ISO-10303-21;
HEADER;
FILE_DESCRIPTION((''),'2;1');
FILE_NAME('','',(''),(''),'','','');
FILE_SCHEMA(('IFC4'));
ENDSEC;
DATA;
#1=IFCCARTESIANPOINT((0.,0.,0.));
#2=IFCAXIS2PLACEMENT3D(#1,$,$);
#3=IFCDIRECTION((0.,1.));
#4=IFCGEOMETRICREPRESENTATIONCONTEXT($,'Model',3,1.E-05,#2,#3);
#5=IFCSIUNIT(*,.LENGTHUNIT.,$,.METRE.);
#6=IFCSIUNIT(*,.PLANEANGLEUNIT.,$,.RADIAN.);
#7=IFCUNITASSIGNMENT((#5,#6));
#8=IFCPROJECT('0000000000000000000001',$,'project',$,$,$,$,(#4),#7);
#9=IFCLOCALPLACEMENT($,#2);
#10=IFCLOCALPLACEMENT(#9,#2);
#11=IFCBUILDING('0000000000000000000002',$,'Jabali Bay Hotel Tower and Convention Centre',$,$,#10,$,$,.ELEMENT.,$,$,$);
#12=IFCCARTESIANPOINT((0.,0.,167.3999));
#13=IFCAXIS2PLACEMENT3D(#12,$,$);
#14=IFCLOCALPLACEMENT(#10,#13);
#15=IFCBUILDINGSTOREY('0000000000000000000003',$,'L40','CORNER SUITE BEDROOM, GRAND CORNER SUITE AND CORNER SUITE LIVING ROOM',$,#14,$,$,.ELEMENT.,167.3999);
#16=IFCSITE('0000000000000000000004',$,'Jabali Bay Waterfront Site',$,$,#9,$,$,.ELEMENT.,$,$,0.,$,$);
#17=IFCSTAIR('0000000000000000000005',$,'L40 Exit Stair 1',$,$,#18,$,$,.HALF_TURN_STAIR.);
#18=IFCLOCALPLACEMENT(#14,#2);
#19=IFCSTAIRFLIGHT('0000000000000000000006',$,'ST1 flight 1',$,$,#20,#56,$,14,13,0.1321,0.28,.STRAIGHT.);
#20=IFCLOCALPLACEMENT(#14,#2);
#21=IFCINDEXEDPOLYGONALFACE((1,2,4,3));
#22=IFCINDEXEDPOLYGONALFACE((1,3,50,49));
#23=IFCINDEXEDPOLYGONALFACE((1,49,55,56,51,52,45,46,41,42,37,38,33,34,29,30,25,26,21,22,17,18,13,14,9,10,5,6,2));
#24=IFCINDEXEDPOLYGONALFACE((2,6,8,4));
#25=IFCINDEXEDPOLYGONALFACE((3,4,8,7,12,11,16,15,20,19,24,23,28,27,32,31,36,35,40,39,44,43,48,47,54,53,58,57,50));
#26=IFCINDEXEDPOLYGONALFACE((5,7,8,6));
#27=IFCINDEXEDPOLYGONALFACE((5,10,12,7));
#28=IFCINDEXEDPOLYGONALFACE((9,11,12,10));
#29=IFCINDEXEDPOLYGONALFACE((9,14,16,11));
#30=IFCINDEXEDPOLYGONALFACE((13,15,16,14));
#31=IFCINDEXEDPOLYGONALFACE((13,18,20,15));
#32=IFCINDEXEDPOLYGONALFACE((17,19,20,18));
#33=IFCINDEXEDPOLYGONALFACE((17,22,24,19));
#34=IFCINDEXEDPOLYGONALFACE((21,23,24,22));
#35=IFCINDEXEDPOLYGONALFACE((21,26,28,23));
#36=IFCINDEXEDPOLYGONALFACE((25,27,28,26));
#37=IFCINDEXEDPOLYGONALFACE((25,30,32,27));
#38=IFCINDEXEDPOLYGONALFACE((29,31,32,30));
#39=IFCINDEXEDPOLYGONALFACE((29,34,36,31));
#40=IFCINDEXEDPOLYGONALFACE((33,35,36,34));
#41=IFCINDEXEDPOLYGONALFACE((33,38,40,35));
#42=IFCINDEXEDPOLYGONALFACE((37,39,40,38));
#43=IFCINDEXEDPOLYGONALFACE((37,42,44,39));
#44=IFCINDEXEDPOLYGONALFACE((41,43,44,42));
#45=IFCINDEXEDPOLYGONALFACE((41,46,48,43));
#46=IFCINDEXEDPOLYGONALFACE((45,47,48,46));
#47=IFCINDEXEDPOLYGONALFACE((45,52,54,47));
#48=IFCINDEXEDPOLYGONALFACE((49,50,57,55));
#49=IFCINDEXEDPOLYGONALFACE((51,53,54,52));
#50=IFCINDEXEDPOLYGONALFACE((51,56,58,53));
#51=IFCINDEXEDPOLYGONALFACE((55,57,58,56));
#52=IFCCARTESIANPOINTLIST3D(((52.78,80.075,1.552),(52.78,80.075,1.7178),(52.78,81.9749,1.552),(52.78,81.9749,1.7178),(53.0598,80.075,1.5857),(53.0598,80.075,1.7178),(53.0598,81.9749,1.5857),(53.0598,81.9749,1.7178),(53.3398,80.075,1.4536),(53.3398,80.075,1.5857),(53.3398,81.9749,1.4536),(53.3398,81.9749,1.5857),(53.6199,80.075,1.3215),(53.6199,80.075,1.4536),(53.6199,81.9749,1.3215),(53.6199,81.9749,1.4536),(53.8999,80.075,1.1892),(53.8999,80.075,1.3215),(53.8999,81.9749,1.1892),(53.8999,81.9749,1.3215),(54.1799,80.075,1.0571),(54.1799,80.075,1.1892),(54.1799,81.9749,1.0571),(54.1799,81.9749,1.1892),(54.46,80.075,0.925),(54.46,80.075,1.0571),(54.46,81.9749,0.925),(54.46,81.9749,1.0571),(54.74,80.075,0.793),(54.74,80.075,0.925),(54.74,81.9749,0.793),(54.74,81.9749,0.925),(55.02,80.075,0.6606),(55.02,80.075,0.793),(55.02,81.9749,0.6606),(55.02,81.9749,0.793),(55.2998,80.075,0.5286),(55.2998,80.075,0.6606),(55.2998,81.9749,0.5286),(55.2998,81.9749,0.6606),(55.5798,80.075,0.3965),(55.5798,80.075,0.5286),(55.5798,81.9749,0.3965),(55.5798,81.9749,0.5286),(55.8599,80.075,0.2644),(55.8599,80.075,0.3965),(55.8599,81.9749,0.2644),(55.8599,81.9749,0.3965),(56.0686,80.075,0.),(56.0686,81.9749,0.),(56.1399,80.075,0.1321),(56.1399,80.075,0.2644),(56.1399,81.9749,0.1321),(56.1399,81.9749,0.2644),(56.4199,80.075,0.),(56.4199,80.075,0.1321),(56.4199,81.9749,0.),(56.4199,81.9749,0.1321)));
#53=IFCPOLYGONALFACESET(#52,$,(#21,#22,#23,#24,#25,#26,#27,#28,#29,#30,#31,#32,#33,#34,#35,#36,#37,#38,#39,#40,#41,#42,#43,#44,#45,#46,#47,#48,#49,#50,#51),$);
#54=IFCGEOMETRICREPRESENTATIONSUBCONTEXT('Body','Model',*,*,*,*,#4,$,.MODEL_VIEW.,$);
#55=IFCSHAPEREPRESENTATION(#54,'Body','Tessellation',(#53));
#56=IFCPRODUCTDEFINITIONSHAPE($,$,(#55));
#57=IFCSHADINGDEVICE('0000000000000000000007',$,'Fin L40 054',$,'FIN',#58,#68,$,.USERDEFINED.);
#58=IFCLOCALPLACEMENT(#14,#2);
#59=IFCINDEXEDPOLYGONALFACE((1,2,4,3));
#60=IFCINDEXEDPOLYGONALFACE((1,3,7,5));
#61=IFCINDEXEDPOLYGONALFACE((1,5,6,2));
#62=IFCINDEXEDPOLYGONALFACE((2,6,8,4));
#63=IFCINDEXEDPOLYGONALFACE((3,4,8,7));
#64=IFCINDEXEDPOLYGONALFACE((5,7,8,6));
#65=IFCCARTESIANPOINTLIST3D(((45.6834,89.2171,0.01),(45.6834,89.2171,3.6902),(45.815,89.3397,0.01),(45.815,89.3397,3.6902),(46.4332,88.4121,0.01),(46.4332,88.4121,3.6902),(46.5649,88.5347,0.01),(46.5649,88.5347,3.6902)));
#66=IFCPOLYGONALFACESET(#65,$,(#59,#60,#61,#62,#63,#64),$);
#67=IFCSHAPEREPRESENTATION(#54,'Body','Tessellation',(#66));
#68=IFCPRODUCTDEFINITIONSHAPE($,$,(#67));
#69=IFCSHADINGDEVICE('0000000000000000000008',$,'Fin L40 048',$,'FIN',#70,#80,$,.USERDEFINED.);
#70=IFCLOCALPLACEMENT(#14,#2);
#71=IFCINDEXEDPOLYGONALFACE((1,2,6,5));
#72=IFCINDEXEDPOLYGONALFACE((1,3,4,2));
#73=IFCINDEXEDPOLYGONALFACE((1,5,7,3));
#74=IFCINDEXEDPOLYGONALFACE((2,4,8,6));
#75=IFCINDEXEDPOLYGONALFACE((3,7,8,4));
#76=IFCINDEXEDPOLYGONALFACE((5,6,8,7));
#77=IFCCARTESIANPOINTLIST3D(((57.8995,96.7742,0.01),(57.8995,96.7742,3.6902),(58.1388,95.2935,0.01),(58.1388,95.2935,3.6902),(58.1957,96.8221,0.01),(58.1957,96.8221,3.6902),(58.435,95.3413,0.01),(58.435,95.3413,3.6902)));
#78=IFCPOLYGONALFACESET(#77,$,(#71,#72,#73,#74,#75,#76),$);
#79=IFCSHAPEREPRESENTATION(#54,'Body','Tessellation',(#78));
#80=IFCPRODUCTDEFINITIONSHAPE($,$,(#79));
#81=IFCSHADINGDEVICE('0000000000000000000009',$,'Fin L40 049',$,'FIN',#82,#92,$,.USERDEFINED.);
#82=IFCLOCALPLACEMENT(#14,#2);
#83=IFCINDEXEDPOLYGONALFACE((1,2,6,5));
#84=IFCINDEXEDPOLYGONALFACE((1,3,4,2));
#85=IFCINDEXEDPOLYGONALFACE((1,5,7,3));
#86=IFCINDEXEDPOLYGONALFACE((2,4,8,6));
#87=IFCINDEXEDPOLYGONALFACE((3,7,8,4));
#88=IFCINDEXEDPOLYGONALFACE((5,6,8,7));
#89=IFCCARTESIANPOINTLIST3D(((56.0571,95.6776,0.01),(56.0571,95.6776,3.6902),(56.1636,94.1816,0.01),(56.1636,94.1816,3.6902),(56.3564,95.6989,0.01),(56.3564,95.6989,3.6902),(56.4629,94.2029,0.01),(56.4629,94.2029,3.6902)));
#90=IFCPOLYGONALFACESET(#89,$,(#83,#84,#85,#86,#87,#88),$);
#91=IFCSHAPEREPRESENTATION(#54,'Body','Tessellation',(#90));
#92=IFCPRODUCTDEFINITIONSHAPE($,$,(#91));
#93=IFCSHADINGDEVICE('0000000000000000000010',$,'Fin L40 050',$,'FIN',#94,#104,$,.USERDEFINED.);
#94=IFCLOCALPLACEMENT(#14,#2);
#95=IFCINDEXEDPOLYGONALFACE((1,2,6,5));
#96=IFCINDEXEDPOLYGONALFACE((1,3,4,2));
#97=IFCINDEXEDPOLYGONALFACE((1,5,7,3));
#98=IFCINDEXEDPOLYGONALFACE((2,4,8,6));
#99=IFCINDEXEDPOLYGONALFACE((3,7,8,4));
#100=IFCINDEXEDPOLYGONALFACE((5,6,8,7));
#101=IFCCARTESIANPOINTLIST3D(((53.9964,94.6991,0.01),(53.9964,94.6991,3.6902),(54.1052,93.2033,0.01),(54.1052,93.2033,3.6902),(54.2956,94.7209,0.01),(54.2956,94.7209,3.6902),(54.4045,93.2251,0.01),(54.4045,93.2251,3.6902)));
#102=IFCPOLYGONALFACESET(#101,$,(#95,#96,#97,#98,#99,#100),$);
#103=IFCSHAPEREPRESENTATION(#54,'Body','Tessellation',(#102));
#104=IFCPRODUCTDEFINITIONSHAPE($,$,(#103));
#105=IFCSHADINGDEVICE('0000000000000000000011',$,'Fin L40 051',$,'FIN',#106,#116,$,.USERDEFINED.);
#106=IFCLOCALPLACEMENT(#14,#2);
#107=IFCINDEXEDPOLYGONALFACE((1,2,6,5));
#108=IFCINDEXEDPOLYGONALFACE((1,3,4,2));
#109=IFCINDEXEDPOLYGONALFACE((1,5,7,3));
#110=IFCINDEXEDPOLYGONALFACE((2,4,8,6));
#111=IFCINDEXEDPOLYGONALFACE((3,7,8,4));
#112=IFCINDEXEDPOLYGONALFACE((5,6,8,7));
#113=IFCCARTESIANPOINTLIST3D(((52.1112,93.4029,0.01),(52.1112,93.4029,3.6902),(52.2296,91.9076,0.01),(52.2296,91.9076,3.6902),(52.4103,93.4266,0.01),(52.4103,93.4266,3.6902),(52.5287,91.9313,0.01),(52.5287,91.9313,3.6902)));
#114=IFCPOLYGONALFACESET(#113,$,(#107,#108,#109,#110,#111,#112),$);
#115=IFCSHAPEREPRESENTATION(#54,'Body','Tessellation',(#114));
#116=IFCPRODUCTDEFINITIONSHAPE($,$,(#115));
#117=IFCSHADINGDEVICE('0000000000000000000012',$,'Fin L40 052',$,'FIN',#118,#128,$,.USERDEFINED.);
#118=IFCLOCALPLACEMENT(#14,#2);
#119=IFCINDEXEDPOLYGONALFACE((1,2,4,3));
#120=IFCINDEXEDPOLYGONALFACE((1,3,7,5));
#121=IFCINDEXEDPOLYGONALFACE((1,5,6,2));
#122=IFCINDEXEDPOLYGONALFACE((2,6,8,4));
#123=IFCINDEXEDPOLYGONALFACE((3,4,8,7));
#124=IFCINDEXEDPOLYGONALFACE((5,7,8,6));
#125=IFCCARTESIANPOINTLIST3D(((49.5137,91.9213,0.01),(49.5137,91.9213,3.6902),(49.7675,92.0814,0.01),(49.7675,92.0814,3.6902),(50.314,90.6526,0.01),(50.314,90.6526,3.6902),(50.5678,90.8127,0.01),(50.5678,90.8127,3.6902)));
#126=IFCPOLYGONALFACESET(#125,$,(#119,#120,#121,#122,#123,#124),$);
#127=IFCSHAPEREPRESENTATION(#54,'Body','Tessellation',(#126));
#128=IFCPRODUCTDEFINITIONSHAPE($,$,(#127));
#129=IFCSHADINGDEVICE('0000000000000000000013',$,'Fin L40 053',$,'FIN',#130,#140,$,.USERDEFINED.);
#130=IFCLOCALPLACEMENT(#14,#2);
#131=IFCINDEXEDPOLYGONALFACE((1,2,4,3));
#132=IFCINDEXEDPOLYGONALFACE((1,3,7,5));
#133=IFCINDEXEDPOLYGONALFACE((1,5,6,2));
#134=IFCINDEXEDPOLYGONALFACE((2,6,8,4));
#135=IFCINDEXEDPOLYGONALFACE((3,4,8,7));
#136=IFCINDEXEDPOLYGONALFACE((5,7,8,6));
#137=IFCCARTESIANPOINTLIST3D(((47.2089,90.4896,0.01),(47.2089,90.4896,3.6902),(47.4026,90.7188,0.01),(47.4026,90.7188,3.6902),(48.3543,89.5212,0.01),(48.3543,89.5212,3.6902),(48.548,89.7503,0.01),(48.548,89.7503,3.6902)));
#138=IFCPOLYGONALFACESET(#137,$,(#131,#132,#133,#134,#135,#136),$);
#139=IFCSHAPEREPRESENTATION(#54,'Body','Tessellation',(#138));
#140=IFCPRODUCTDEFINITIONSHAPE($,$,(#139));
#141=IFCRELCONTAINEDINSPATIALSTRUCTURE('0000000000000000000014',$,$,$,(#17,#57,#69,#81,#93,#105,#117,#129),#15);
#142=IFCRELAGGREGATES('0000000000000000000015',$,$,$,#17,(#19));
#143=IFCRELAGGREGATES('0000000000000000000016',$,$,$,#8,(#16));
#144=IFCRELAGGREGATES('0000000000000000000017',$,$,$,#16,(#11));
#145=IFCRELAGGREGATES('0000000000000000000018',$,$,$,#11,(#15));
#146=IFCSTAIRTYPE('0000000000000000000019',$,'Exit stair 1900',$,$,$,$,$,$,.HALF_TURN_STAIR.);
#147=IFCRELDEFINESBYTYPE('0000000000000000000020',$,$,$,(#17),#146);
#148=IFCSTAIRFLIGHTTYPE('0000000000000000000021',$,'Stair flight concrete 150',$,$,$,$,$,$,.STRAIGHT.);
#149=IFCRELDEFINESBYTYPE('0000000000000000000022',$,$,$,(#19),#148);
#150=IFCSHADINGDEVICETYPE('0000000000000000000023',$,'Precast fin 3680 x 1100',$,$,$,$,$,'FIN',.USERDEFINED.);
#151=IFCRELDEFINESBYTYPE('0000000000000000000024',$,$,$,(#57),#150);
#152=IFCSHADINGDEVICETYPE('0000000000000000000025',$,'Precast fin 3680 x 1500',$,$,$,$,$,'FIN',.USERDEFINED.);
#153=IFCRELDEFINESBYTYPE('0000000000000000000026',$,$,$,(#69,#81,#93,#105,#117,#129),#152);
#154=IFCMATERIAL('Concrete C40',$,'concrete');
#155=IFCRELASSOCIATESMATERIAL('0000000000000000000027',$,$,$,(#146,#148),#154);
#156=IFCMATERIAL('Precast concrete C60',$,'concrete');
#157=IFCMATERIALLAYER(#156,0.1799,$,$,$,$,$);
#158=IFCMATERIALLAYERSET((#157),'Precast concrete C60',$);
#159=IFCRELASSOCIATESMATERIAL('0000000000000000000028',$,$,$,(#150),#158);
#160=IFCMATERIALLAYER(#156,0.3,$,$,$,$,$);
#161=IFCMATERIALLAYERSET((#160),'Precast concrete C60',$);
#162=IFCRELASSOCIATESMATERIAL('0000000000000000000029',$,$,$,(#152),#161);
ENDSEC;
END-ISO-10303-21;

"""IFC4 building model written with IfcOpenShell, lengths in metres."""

from ifc_helpers import new_model, si_unit, direction, frame, frame_2d, origin, place, context, subcontext, project, spatial, polyline, rectangle, outline, extrude, material, layer, layer_set, type_object, element, aggregate, save


model = new_model("IFC4")

# Units and contexts
model_context = context("Model", 3, precision=1e-05, world=origin(), true_north=direction((0.0, 1.0)))
body_context = subcontext(model_context, "Body", "Model", "MODEL_VIEW")
ifc_project = project(units=[si_unit("LENGTHUNIT", "METRE"), si_unit("PLANEANGLEUNIT", "RADIAN")], contexts=[model_context])

# Site, building, storey
site_placement = place(None, origin())
site = spatial("IfcSite", under=ifc_project, at=site_placement, Name="Jabali Bay Waterfront Site", CompositionType="ELEMENT", RefElevation=0.0)
building_placement = place(site_placement, origin())
building = spatial("IfcBuilding", under=site, at=building_placement, Name="Jabali Bay Hotel Tower and Convention Centre", CompositionType="ELEMENT")
storey_placement = place(building_placement, frame((0.0, 0.0, 167.3999)))
storey = spatial("IfcBuildingStorey", under=building, at=storey_placement, Name="L40", Description="CORNER SUITE BEDROOM, GRAND CORNER SUITE AND CORNER SUITE LIVING ROOM", CompositionType="ELEMENT", Elevation=167.3999)

# Shared definitions
ifc_material_1 = material(Name="Concrete C40", Category="concrete")

# Stair, stair flight
stair_type = type_object("IfcStairType", Name="Exit stair 1900", PredefinedType="HALF_TURN_STAIR", material=ifc_material_1)
stair_placement = place(storey_placement, origin())
stair = element("IfcStair", 1, at=stair_placement, inside=storey, type_object=stair_type, Name="L40 Exit Stair 1", PredefinedType="HALF_TURN_STAIR")
stair_flight_type = type_object("IfcStairFlightType", Name="Stair flight concrete 150", PredefinedType="STRAIGHT", material=ifc_material_1)
stair_flight_placement = place(storey_placement, frame((56.4199, 81.0249, 0.0), z_axis=(0.0, 0.0, 1.0), x_axis=(-1.0, 0.0, 0.0)))
stair_flight = element("IfcStairFlight", 2, at=stair_flight_placement, type_object=stair_flight_type, Name="ST1 flight 1", NumberOfRisers=14, NumberOfTreads=13, PredefinedType="STRAIGHT", RiserHeight=0.1321, TreadLength=0.28, context=body_context, shape_type="SweptSolid", body=[
    extrude(outline(polyline([(0.0, 0.0), (0.0, 0.1321), (0.28, 0.1321), (0.28, 0.2644), (0.5601, 0.2644), (0.5601, 0.3965), (0.8401, 0.3965), (0.8401, 0.5286), (1.1201, 0.5286), (1.1201, 0.6606), (1.3999, 0.6606), (1.3999, 0.793), (1.6799, 0.793), (1.6799, 0.925), (1.96, 0.925), (1.96, 1.0571), (2.24, 1.0571), (2.24, 1.1892), (2.52, 1.1892), (2.52, 1.3215), (2.8, 1.3215), (2.8, 1.4536), (3.0801, 1.4536), (3.0801, 1.5857), (3.3601, 1.5857), (3.3601, 1.7178), (3.6399, 1.7178), (3.6399, 1.8501), (3.6399, 1.552), (0.3513, 0.0), (0.0, 0.0)])), frame((0.0, 0.95, 0.0), z_axis=(0.0, -1.0, 0.0), x_axis=(1.0, 0.0, 0.0)), (0.0, 0.0, 1.0), 1.8999),
])
aggregate(stair, [stair_flight])

# Shading devices
ifc_material_2 = material(Name="Precast concrete C60", Category="concrete")
ifc_layer_1 = layer(ifc_material_2, 0.1799)
ifc_layer_set_1 = layer_set([ifc_layer_1], Name="Precast concrete C60")
shading_device_type_1 = type_object("IfcShadingDeviceType", Name="Precast fin 3680 x 1100", ElementType="FIN", PredefinedType="USERDEFINED", material=ifc_layer_set_1)
shading_device_1_placement = place(storey_placement, frame((46.499, 88.4734, 0.01), z_axis=(0.0, 0.0, 1.0), x_axis=(-0.681582, 0.731741, 0.0)))
element("IfcShadingDevice", 3, at=shading_device_1_placement, inside=storey, type_object=shading_device_type_1, Name="Fin L40 054", ObjectType="FIN", PredefinedType="USERDEFINED", context=body_context, shape_type="SweptSolid", body=[
    extrude(rectangle(XDim=1.1001, YDim=0.1799, at=frame_2d((0.55, 0.0))), origin(), (0.0, 0.0, 1.0), 3.6802),
])
ifc_layer_2 = layer(ifc_material_2, 0.3)
ifc_layer_set_2 = layer_set([ifc_layer_2], Name="Precast concrete C60")
shading_device_type_2 = type_object("IfcShadingDeviceType", Name="Precast fin 3680 x 1500", ElementType="FIN", PredefinedType="USERDEFINED", material=ifc_layer_set_2)
shading_device_2_placement = place(storey_placement, frame((58.2869, 95.3174, 0.01), z_axis=(0.0, 0.0, 1.0), x_axis=(-0.159514, 0.987196, 0.0)))
element("IfcShadingDevice", 4, at=shading_device_2_placement, inside=storey, type_object=shading_device_type_2, Name="Fin L40 048", ObjectType="FIN", PredefinedType="USERDEFINED", context=body_context, shape_type="SweptSolid", body=[
    extrude(rectangle(XDim=1.5, YDim=0.3, at=frame_2d((0.75, 0.0))), origin(), (0.0, 0.0, 1.0), 3.6802),
])
for number, where, z_axis, x_axis, name in (
    (5, (56.3132, 94.1921, 0.01), (0.0, 0.0, 1.0), (-0.070969, 0.997478, 0.0), "Fin L40 049"),
    (6, (54.2549, 93.2141, 0.01), (0.0, 0.0, 1.0), (-0.0726, 0.997361, 0.0), "Fin L40 050"),
):
    element("IfcShadingDevice", number, at=place(storey_placement, frame(where, z_axis=z_axis, x_axis=x_axis)), inside=storey, type_object=shading_device_type_2, Name=name, ObjectType="FIN", PredefinedType="USERDEFINED", context=body_context, shape_type="SweptSolid", body=[
        extrude(rectangle(XDim=1.4998, YDim=0.3, at=frame_2d((0.75, 0.0))), origin(), (0.0, 0.0, 1.0), 3.6802),
    ])
for number, where, z_axis, x_axis, name in (
    (7, (52.3792, 91.9194, 0.01), (0.0, 0.0, 1.0), (-0.078937, 0.99688, 0.0), "Fin L40 051"),
    (8, (50.4409, 90.7327, 0.01), (0.0, 0.0, 1.0), (-0.533564, 0.84576, 0.0), "Fin L40 052"),
    (9, (48.4512, 89.6357, 0.01), (0.0, 0.0, 1.0), (-0.763639, 0.645643, 0.0), "Fin L40 053"),
):
    element("IfcShadingDevice", number, at=place(storey_placement, frame(where, z_axis=z_axis, x_axis=x_axis)), inside=storey, type_object=shading_device_type_2, Name=name, ObjectType="FIN", PredefinedType="USERDEFINED", context=body_context, shape_type="SweptSolid", body=[
        extrude(rectangle(XDim=1.5, YDim=0.3, at=frame_2d((0.75, 0.0))), origin(), (0.0, 0.0, 1.0), 3.6802),
    ])

save(model, "model.ifc")
